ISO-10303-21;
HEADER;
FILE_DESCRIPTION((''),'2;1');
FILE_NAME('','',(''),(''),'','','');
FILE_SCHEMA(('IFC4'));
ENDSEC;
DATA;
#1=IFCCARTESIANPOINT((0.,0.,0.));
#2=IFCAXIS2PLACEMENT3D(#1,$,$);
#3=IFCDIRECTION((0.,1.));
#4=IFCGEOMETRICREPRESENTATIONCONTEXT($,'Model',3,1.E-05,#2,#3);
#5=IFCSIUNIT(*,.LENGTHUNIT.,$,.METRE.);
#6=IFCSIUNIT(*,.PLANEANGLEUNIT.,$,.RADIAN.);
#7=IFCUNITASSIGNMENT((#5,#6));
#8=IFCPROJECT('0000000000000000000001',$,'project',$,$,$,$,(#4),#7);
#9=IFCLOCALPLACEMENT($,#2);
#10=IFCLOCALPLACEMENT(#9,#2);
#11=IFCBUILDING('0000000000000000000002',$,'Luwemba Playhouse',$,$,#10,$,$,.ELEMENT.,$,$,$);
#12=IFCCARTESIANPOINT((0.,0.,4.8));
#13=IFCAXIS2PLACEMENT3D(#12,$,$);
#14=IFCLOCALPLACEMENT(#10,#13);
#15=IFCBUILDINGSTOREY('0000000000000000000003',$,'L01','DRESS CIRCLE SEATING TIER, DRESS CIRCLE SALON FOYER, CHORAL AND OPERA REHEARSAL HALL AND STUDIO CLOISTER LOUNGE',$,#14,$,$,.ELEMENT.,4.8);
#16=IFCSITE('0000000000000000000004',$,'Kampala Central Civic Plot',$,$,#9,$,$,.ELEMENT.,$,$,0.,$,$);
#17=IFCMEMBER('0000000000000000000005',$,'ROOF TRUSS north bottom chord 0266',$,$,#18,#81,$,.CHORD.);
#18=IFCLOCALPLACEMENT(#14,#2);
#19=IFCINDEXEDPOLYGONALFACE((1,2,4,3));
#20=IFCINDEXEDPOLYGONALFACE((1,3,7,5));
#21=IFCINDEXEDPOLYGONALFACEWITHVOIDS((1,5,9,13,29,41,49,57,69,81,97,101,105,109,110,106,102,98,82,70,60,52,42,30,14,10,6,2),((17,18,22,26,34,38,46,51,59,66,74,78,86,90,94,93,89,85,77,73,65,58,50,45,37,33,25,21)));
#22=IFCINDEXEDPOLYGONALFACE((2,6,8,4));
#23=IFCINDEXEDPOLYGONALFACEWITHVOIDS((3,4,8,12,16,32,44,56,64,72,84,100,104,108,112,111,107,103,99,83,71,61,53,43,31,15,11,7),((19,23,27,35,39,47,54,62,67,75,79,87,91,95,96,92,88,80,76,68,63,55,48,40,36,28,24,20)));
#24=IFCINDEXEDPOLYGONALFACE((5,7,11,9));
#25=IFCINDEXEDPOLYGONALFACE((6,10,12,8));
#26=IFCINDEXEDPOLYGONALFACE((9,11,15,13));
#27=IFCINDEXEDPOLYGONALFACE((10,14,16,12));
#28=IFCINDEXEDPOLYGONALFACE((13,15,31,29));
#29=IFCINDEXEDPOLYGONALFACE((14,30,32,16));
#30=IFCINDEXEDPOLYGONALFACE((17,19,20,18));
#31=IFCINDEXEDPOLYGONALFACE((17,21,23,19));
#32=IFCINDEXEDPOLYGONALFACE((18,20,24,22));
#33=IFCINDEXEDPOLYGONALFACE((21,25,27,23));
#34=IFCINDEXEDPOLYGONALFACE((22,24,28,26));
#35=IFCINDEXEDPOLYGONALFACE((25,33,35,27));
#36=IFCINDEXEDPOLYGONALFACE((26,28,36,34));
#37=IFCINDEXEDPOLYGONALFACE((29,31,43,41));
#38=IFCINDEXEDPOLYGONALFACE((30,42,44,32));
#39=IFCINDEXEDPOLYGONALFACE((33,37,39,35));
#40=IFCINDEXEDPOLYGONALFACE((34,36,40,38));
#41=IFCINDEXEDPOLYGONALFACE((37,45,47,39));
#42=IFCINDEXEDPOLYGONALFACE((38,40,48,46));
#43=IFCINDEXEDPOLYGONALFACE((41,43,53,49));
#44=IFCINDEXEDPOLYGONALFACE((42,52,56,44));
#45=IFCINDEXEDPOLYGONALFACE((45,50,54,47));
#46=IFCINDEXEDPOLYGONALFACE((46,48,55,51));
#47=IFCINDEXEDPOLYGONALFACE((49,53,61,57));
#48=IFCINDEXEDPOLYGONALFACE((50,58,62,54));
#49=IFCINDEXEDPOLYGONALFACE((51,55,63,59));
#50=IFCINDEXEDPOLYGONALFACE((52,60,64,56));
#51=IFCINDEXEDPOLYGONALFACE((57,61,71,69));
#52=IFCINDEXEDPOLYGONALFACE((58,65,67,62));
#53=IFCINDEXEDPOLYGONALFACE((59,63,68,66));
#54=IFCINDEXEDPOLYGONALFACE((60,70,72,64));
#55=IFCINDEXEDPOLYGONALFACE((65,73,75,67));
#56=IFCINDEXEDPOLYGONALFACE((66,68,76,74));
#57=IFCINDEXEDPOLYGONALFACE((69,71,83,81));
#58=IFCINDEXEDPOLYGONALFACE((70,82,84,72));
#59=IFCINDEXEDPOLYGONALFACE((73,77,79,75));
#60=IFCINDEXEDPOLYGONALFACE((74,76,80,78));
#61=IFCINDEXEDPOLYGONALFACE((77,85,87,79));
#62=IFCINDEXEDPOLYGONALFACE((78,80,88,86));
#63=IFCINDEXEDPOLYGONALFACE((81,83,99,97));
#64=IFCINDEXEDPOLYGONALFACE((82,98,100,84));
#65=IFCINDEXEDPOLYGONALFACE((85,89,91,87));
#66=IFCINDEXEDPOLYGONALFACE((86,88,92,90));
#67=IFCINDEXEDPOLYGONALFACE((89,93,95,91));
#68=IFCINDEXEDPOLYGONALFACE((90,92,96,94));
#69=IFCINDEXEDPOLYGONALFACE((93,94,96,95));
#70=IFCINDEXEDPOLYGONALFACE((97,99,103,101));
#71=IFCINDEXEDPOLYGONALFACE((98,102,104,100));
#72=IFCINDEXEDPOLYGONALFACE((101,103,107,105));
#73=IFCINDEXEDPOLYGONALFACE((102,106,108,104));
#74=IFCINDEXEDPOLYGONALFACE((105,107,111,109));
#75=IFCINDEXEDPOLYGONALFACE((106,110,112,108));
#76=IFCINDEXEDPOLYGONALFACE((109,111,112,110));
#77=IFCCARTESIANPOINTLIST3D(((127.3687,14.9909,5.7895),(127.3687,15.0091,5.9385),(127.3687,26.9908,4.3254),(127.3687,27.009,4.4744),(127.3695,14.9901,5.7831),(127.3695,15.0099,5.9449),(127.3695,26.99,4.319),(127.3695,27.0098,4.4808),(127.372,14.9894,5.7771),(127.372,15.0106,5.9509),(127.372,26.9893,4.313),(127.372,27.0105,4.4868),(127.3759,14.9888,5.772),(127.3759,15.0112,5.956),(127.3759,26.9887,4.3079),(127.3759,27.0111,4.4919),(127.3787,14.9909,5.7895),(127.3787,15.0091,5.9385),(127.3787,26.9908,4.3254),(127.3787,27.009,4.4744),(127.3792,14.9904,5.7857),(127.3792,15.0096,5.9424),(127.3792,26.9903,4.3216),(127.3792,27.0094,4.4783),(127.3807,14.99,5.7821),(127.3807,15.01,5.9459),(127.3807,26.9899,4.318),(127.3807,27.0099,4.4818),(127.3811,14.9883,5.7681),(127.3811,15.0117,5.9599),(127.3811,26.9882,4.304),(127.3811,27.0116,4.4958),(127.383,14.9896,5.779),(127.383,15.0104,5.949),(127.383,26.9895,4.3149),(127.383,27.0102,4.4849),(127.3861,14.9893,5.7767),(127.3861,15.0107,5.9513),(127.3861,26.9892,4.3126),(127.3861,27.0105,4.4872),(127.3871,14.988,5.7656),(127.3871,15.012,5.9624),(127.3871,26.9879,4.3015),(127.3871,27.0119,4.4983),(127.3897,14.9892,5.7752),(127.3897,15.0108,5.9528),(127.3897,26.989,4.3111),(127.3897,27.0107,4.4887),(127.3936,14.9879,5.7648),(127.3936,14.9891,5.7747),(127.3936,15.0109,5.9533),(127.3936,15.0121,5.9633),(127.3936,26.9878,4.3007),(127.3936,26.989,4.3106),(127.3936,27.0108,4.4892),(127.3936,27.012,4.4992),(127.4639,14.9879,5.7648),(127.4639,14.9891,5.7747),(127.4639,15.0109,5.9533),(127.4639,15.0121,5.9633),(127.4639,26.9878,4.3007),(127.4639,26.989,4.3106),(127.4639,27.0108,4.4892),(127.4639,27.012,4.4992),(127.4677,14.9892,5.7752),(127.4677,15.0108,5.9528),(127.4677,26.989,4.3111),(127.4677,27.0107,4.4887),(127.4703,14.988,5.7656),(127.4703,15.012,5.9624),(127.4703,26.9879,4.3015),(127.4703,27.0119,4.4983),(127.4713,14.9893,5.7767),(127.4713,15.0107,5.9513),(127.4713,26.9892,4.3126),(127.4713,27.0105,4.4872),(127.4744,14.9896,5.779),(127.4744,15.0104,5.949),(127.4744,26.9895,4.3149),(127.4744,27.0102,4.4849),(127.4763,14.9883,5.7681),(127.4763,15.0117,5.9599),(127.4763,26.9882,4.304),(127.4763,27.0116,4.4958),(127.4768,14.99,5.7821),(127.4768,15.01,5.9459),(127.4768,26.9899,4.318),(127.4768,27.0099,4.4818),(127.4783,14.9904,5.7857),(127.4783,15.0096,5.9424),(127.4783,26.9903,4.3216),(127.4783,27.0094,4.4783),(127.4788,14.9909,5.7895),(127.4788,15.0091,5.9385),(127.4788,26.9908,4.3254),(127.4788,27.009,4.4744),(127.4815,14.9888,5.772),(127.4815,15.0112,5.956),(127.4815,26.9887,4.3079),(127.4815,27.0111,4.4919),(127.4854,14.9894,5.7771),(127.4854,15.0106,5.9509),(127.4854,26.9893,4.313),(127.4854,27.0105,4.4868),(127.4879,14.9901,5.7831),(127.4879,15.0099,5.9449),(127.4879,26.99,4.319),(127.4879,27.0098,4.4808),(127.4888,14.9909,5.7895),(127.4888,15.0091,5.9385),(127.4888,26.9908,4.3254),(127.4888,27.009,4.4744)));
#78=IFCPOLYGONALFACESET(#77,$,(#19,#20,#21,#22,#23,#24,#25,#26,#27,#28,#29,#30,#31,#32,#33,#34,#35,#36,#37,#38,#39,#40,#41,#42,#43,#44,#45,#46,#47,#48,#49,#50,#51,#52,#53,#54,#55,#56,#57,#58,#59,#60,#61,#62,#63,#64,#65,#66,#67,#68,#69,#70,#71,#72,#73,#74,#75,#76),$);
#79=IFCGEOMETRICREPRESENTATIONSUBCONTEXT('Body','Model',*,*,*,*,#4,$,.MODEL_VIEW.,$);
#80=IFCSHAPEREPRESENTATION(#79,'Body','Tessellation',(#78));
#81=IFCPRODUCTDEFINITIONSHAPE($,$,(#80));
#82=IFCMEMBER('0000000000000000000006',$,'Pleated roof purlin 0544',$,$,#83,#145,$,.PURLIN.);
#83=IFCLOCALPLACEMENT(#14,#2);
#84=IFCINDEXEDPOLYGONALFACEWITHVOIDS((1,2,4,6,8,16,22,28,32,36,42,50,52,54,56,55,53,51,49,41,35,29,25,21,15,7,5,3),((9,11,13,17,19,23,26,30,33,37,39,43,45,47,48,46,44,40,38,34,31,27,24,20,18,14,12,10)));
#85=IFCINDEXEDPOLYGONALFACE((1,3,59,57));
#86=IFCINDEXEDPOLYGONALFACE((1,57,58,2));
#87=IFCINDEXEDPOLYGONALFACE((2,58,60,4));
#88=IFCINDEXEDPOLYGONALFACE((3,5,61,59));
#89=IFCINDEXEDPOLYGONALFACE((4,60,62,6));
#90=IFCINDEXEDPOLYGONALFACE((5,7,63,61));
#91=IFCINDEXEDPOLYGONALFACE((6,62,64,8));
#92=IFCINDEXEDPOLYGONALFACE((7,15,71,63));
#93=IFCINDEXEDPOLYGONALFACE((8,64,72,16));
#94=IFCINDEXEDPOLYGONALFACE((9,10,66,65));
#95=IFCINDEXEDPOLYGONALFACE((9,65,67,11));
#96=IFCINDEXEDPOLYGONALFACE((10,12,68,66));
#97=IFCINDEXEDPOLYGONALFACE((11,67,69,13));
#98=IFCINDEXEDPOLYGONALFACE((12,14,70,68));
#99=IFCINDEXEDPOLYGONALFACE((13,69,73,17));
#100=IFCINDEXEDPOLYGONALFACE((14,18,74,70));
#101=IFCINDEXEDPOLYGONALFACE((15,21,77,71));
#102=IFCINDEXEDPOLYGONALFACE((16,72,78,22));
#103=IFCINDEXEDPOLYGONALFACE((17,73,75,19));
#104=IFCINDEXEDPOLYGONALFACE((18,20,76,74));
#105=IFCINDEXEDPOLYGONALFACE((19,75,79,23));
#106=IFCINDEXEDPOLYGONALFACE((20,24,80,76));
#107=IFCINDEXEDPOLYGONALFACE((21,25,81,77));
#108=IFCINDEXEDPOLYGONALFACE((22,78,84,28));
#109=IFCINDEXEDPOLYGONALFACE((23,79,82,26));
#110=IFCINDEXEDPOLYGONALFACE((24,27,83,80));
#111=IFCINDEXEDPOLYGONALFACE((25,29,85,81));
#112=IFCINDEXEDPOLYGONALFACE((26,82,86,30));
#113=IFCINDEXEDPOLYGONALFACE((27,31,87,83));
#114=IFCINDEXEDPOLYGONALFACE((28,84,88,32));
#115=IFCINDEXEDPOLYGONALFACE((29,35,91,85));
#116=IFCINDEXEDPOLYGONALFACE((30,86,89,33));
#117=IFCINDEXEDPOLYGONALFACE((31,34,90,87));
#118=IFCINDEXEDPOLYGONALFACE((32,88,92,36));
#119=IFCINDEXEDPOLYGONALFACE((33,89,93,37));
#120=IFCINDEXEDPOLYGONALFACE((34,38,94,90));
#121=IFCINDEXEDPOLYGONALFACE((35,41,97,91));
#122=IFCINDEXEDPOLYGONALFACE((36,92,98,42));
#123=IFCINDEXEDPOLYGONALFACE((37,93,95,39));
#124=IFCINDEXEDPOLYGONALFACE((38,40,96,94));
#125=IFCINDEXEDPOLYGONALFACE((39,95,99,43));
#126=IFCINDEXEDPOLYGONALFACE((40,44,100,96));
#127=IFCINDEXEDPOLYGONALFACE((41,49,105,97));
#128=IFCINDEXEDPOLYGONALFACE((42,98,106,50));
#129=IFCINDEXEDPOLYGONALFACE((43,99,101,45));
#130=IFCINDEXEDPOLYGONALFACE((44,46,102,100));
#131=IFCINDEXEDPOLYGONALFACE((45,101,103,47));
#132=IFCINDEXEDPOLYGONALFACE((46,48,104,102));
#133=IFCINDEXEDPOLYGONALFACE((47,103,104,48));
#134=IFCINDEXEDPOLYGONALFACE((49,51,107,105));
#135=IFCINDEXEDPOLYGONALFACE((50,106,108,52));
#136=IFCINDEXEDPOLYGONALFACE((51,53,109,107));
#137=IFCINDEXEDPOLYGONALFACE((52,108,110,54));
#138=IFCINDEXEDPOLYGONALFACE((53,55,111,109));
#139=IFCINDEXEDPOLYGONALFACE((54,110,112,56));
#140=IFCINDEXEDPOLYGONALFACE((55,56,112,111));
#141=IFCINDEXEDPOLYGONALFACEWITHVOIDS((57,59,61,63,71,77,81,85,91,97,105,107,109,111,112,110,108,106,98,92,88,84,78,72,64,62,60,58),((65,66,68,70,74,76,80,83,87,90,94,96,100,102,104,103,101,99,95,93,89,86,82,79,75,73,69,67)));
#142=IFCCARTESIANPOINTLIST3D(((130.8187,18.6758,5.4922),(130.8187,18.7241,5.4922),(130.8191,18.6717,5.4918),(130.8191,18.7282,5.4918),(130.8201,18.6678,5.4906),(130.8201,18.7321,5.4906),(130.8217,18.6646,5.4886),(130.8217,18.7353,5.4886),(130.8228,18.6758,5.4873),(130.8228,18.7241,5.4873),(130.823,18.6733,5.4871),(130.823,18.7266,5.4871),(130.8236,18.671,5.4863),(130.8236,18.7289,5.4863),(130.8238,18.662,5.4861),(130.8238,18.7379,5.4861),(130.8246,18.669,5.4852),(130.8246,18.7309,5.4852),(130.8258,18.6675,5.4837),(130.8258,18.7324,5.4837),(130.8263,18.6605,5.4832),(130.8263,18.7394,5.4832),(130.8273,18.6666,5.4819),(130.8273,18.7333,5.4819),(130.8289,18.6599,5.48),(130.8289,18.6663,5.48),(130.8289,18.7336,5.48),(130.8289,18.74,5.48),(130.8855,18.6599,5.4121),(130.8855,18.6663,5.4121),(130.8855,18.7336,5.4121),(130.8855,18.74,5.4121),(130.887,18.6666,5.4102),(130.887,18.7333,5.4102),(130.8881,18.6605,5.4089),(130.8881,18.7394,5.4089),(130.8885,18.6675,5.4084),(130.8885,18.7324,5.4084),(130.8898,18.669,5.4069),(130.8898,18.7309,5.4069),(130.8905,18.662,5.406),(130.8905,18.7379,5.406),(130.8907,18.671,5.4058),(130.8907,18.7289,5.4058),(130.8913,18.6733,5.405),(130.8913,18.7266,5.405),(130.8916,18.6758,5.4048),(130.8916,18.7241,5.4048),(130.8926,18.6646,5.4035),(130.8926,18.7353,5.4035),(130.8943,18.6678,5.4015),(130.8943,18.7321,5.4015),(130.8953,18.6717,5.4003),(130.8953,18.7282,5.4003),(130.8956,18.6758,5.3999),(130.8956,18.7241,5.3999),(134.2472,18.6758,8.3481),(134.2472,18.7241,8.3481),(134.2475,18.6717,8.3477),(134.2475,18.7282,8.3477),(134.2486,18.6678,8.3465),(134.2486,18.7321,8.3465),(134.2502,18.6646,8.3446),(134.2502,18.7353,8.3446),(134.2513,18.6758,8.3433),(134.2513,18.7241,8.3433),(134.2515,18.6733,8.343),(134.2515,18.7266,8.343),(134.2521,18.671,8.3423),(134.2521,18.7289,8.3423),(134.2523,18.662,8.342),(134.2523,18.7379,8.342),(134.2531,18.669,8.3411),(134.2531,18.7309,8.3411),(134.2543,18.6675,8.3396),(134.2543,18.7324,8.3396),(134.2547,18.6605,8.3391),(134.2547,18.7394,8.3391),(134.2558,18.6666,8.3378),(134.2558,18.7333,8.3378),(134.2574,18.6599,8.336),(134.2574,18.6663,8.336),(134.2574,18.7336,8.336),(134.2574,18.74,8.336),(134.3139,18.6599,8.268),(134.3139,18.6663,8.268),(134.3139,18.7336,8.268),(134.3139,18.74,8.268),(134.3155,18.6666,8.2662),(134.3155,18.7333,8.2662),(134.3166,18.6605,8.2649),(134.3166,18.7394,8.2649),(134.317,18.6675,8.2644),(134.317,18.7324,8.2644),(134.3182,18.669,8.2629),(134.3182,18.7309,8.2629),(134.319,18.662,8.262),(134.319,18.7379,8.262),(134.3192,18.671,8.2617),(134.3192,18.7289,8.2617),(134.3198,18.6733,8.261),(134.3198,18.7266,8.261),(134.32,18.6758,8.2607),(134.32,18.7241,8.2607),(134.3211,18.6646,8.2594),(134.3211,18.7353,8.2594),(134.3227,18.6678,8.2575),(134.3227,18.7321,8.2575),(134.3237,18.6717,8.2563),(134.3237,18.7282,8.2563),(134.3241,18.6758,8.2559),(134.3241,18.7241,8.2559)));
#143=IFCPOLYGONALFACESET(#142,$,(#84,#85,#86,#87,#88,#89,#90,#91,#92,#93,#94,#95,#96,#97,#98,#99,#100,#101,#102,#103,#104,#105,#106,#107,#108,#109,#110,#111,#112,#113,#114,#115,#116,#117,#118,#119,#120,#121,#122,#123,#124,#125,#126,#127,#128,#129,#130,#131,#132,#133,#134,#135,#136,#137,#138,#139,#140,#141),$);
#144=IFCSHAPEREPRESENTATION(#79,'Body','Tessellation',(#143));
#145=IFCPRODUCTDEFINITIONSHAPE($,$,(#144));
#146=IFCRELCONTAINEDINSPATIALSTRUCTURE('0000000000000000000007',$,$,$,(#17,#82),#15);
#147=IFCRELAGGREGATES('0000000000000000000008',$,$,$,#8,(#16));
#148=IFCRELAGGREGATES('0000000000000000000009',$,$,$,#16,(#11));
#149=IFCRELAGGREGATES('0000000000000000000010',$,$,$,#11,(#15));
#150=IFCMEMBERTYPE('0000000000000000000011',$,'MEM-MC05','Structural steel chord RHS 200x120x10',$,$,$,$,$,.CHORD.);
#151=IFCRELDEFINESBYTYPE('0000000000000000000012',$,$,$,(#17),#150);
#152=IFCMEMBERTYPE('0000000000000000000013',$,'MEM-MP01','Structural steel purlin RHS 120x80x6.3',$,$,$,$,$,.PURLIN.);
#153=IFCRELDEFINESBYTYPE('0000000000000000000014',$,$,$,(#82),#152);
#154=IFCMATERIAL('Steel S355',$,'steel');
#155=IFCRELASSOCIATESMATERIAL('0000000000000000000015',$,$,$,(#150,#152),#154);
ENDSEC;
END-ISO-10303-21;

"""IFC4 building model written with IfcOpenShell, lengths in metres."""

from ifc_helpers import new_model, si_unit, direction, frame, origin, origin_2d, place, context, subcontext, project, spatial, hollow_rectangle, extrude, material, material_profile, profile_set, type_object, element, save


model = new_model("IFC4")

# Units and contexts
model_context = context("Model", 3, precision=1e-05, world=origin(), true_north=direction((0.0, 1.0)))
body_context = subcontext(model_context, "Body", "Model", "MODEL_VIEW")
ifc_project = project(units=[si_unit("LENGTHUNIT", "METRE"), si_unit("PLANEANGLEUNIT", "RADIAN")], contexts=[model_context])

# Site, building, storey
site_placement = place(None, origin())
site = spatial("IfcSite", under=ifc_project, at=site_placement, Name="Kampala Central Civic Plot", CompositionType="ELEMENT", RefElevation=0.0)
building_placement = place(site_placement, origin())
building = spatial("IfcBuilding", under=site, at=building_placement, Name="Luwemba Playhouse", CompositionType="ELEMENT")
storey_placement = place(building_placement, frame((0.0, 0.0, 4.8)))
storey = spatial("IfcBuildingStorey", under=building, at=storey_placement, Name="L01", Description="DRESS CIRCLE SEATING TIER, DRESS CIRCLE SALON FOYER, CHORAL AND OPERA REHEARSAL HALL AND STUDIO CLOISTER LOUNGE", CompositionType="ELEMENT", Elevation=4.8)

# Shared definitions
ifc_material_1 = material(Name="Steel S355", Category="steel")

# Members
ifc_material_profile_1 = material_profile(ifc_material_1, hollow_rectangle(XDim=0.1201, YDim=0.2, WallThickness=0.01, InnerFilletRadius=0.0149, OuterFilletRadius=0.0249, at=origin_2d()))
ifc_profile_set_1 = profile_set([ifc_material_profile_1], Name="Steel S355")
member_type_1 = type_object("IfcMemberType", Name="MEM-MC05", Description="Structural steel chord RHS 200x120x10", PredefinedType="CHORD", material=ifc_profile_set_1)
member_1_placement = place(storey_placement, frame((127.4287, 15.0, 5.864), z_axis=(0.0, 0.992639, -0.121111), x_axis=(-1.0, 0.0, 0.0)))
element("IfcMember", 1, at=member_1_placement, inside=storey, type_object=member_type_1, Name="ROOF TRUSS north bottom chord 0266", PredefinedType="CHORD", context=body_context, shape_type="SweptSolid", body=[
    extrude(hollow_rectangle(XDim=0.1201, YDim=0.2, WallThickness=0.01, InnerFilletRadius=0.0149, OuterFilletRadius=0.0249, at=origin_2d()), origin(), (0.0, 0.0, 1.0), 12.0889),
])
ifc_material_profile_2 = material_profile(ifc_material_1, hollow_rectangle(XDim=0.0801, YDim=0.1201, WallThickness=0.0063, InnerFilletRadius=0.0095, OuterFilletRadius=0.0159, at=origin_2d()))
ifc_profile_set_2 = profile_set([ifc_material_profile_2], Name="Steel S355")
member_type_2 = type_object("IfcMemberType", Name="MEM-MP01", Description="Structural steel purlin RHS 120x80x6.3", PredefinedType="PURLIN", material=ifc_profile_set_2)
member_2_placement = place(storey_placement, frame((130.8572, 18.7, 5.446), z_axis=(0.768342, 0.0, 0.640039), x_axis=(0.0, 1.0, 0.0)))
element("IfcMember", 2, at=member_2_placement, inside=storey, type_object=member_type_2, Name="Pleated roof purlin 0544", PredefinedType="PURLIN", context=body_context, shape_type="SweptSolid", body=[
    extrude(hollow_rectangle(XDim=0.0801, YDim=0.1201, WallThickness=0.0063, InnerFilletRadius=0.0095, OuterFilletRadius=0.0159, at=origin_2d()), origin(), (0.0, 0.0, 1.0), 4.4622),
])

save(model, "model.ifc")
